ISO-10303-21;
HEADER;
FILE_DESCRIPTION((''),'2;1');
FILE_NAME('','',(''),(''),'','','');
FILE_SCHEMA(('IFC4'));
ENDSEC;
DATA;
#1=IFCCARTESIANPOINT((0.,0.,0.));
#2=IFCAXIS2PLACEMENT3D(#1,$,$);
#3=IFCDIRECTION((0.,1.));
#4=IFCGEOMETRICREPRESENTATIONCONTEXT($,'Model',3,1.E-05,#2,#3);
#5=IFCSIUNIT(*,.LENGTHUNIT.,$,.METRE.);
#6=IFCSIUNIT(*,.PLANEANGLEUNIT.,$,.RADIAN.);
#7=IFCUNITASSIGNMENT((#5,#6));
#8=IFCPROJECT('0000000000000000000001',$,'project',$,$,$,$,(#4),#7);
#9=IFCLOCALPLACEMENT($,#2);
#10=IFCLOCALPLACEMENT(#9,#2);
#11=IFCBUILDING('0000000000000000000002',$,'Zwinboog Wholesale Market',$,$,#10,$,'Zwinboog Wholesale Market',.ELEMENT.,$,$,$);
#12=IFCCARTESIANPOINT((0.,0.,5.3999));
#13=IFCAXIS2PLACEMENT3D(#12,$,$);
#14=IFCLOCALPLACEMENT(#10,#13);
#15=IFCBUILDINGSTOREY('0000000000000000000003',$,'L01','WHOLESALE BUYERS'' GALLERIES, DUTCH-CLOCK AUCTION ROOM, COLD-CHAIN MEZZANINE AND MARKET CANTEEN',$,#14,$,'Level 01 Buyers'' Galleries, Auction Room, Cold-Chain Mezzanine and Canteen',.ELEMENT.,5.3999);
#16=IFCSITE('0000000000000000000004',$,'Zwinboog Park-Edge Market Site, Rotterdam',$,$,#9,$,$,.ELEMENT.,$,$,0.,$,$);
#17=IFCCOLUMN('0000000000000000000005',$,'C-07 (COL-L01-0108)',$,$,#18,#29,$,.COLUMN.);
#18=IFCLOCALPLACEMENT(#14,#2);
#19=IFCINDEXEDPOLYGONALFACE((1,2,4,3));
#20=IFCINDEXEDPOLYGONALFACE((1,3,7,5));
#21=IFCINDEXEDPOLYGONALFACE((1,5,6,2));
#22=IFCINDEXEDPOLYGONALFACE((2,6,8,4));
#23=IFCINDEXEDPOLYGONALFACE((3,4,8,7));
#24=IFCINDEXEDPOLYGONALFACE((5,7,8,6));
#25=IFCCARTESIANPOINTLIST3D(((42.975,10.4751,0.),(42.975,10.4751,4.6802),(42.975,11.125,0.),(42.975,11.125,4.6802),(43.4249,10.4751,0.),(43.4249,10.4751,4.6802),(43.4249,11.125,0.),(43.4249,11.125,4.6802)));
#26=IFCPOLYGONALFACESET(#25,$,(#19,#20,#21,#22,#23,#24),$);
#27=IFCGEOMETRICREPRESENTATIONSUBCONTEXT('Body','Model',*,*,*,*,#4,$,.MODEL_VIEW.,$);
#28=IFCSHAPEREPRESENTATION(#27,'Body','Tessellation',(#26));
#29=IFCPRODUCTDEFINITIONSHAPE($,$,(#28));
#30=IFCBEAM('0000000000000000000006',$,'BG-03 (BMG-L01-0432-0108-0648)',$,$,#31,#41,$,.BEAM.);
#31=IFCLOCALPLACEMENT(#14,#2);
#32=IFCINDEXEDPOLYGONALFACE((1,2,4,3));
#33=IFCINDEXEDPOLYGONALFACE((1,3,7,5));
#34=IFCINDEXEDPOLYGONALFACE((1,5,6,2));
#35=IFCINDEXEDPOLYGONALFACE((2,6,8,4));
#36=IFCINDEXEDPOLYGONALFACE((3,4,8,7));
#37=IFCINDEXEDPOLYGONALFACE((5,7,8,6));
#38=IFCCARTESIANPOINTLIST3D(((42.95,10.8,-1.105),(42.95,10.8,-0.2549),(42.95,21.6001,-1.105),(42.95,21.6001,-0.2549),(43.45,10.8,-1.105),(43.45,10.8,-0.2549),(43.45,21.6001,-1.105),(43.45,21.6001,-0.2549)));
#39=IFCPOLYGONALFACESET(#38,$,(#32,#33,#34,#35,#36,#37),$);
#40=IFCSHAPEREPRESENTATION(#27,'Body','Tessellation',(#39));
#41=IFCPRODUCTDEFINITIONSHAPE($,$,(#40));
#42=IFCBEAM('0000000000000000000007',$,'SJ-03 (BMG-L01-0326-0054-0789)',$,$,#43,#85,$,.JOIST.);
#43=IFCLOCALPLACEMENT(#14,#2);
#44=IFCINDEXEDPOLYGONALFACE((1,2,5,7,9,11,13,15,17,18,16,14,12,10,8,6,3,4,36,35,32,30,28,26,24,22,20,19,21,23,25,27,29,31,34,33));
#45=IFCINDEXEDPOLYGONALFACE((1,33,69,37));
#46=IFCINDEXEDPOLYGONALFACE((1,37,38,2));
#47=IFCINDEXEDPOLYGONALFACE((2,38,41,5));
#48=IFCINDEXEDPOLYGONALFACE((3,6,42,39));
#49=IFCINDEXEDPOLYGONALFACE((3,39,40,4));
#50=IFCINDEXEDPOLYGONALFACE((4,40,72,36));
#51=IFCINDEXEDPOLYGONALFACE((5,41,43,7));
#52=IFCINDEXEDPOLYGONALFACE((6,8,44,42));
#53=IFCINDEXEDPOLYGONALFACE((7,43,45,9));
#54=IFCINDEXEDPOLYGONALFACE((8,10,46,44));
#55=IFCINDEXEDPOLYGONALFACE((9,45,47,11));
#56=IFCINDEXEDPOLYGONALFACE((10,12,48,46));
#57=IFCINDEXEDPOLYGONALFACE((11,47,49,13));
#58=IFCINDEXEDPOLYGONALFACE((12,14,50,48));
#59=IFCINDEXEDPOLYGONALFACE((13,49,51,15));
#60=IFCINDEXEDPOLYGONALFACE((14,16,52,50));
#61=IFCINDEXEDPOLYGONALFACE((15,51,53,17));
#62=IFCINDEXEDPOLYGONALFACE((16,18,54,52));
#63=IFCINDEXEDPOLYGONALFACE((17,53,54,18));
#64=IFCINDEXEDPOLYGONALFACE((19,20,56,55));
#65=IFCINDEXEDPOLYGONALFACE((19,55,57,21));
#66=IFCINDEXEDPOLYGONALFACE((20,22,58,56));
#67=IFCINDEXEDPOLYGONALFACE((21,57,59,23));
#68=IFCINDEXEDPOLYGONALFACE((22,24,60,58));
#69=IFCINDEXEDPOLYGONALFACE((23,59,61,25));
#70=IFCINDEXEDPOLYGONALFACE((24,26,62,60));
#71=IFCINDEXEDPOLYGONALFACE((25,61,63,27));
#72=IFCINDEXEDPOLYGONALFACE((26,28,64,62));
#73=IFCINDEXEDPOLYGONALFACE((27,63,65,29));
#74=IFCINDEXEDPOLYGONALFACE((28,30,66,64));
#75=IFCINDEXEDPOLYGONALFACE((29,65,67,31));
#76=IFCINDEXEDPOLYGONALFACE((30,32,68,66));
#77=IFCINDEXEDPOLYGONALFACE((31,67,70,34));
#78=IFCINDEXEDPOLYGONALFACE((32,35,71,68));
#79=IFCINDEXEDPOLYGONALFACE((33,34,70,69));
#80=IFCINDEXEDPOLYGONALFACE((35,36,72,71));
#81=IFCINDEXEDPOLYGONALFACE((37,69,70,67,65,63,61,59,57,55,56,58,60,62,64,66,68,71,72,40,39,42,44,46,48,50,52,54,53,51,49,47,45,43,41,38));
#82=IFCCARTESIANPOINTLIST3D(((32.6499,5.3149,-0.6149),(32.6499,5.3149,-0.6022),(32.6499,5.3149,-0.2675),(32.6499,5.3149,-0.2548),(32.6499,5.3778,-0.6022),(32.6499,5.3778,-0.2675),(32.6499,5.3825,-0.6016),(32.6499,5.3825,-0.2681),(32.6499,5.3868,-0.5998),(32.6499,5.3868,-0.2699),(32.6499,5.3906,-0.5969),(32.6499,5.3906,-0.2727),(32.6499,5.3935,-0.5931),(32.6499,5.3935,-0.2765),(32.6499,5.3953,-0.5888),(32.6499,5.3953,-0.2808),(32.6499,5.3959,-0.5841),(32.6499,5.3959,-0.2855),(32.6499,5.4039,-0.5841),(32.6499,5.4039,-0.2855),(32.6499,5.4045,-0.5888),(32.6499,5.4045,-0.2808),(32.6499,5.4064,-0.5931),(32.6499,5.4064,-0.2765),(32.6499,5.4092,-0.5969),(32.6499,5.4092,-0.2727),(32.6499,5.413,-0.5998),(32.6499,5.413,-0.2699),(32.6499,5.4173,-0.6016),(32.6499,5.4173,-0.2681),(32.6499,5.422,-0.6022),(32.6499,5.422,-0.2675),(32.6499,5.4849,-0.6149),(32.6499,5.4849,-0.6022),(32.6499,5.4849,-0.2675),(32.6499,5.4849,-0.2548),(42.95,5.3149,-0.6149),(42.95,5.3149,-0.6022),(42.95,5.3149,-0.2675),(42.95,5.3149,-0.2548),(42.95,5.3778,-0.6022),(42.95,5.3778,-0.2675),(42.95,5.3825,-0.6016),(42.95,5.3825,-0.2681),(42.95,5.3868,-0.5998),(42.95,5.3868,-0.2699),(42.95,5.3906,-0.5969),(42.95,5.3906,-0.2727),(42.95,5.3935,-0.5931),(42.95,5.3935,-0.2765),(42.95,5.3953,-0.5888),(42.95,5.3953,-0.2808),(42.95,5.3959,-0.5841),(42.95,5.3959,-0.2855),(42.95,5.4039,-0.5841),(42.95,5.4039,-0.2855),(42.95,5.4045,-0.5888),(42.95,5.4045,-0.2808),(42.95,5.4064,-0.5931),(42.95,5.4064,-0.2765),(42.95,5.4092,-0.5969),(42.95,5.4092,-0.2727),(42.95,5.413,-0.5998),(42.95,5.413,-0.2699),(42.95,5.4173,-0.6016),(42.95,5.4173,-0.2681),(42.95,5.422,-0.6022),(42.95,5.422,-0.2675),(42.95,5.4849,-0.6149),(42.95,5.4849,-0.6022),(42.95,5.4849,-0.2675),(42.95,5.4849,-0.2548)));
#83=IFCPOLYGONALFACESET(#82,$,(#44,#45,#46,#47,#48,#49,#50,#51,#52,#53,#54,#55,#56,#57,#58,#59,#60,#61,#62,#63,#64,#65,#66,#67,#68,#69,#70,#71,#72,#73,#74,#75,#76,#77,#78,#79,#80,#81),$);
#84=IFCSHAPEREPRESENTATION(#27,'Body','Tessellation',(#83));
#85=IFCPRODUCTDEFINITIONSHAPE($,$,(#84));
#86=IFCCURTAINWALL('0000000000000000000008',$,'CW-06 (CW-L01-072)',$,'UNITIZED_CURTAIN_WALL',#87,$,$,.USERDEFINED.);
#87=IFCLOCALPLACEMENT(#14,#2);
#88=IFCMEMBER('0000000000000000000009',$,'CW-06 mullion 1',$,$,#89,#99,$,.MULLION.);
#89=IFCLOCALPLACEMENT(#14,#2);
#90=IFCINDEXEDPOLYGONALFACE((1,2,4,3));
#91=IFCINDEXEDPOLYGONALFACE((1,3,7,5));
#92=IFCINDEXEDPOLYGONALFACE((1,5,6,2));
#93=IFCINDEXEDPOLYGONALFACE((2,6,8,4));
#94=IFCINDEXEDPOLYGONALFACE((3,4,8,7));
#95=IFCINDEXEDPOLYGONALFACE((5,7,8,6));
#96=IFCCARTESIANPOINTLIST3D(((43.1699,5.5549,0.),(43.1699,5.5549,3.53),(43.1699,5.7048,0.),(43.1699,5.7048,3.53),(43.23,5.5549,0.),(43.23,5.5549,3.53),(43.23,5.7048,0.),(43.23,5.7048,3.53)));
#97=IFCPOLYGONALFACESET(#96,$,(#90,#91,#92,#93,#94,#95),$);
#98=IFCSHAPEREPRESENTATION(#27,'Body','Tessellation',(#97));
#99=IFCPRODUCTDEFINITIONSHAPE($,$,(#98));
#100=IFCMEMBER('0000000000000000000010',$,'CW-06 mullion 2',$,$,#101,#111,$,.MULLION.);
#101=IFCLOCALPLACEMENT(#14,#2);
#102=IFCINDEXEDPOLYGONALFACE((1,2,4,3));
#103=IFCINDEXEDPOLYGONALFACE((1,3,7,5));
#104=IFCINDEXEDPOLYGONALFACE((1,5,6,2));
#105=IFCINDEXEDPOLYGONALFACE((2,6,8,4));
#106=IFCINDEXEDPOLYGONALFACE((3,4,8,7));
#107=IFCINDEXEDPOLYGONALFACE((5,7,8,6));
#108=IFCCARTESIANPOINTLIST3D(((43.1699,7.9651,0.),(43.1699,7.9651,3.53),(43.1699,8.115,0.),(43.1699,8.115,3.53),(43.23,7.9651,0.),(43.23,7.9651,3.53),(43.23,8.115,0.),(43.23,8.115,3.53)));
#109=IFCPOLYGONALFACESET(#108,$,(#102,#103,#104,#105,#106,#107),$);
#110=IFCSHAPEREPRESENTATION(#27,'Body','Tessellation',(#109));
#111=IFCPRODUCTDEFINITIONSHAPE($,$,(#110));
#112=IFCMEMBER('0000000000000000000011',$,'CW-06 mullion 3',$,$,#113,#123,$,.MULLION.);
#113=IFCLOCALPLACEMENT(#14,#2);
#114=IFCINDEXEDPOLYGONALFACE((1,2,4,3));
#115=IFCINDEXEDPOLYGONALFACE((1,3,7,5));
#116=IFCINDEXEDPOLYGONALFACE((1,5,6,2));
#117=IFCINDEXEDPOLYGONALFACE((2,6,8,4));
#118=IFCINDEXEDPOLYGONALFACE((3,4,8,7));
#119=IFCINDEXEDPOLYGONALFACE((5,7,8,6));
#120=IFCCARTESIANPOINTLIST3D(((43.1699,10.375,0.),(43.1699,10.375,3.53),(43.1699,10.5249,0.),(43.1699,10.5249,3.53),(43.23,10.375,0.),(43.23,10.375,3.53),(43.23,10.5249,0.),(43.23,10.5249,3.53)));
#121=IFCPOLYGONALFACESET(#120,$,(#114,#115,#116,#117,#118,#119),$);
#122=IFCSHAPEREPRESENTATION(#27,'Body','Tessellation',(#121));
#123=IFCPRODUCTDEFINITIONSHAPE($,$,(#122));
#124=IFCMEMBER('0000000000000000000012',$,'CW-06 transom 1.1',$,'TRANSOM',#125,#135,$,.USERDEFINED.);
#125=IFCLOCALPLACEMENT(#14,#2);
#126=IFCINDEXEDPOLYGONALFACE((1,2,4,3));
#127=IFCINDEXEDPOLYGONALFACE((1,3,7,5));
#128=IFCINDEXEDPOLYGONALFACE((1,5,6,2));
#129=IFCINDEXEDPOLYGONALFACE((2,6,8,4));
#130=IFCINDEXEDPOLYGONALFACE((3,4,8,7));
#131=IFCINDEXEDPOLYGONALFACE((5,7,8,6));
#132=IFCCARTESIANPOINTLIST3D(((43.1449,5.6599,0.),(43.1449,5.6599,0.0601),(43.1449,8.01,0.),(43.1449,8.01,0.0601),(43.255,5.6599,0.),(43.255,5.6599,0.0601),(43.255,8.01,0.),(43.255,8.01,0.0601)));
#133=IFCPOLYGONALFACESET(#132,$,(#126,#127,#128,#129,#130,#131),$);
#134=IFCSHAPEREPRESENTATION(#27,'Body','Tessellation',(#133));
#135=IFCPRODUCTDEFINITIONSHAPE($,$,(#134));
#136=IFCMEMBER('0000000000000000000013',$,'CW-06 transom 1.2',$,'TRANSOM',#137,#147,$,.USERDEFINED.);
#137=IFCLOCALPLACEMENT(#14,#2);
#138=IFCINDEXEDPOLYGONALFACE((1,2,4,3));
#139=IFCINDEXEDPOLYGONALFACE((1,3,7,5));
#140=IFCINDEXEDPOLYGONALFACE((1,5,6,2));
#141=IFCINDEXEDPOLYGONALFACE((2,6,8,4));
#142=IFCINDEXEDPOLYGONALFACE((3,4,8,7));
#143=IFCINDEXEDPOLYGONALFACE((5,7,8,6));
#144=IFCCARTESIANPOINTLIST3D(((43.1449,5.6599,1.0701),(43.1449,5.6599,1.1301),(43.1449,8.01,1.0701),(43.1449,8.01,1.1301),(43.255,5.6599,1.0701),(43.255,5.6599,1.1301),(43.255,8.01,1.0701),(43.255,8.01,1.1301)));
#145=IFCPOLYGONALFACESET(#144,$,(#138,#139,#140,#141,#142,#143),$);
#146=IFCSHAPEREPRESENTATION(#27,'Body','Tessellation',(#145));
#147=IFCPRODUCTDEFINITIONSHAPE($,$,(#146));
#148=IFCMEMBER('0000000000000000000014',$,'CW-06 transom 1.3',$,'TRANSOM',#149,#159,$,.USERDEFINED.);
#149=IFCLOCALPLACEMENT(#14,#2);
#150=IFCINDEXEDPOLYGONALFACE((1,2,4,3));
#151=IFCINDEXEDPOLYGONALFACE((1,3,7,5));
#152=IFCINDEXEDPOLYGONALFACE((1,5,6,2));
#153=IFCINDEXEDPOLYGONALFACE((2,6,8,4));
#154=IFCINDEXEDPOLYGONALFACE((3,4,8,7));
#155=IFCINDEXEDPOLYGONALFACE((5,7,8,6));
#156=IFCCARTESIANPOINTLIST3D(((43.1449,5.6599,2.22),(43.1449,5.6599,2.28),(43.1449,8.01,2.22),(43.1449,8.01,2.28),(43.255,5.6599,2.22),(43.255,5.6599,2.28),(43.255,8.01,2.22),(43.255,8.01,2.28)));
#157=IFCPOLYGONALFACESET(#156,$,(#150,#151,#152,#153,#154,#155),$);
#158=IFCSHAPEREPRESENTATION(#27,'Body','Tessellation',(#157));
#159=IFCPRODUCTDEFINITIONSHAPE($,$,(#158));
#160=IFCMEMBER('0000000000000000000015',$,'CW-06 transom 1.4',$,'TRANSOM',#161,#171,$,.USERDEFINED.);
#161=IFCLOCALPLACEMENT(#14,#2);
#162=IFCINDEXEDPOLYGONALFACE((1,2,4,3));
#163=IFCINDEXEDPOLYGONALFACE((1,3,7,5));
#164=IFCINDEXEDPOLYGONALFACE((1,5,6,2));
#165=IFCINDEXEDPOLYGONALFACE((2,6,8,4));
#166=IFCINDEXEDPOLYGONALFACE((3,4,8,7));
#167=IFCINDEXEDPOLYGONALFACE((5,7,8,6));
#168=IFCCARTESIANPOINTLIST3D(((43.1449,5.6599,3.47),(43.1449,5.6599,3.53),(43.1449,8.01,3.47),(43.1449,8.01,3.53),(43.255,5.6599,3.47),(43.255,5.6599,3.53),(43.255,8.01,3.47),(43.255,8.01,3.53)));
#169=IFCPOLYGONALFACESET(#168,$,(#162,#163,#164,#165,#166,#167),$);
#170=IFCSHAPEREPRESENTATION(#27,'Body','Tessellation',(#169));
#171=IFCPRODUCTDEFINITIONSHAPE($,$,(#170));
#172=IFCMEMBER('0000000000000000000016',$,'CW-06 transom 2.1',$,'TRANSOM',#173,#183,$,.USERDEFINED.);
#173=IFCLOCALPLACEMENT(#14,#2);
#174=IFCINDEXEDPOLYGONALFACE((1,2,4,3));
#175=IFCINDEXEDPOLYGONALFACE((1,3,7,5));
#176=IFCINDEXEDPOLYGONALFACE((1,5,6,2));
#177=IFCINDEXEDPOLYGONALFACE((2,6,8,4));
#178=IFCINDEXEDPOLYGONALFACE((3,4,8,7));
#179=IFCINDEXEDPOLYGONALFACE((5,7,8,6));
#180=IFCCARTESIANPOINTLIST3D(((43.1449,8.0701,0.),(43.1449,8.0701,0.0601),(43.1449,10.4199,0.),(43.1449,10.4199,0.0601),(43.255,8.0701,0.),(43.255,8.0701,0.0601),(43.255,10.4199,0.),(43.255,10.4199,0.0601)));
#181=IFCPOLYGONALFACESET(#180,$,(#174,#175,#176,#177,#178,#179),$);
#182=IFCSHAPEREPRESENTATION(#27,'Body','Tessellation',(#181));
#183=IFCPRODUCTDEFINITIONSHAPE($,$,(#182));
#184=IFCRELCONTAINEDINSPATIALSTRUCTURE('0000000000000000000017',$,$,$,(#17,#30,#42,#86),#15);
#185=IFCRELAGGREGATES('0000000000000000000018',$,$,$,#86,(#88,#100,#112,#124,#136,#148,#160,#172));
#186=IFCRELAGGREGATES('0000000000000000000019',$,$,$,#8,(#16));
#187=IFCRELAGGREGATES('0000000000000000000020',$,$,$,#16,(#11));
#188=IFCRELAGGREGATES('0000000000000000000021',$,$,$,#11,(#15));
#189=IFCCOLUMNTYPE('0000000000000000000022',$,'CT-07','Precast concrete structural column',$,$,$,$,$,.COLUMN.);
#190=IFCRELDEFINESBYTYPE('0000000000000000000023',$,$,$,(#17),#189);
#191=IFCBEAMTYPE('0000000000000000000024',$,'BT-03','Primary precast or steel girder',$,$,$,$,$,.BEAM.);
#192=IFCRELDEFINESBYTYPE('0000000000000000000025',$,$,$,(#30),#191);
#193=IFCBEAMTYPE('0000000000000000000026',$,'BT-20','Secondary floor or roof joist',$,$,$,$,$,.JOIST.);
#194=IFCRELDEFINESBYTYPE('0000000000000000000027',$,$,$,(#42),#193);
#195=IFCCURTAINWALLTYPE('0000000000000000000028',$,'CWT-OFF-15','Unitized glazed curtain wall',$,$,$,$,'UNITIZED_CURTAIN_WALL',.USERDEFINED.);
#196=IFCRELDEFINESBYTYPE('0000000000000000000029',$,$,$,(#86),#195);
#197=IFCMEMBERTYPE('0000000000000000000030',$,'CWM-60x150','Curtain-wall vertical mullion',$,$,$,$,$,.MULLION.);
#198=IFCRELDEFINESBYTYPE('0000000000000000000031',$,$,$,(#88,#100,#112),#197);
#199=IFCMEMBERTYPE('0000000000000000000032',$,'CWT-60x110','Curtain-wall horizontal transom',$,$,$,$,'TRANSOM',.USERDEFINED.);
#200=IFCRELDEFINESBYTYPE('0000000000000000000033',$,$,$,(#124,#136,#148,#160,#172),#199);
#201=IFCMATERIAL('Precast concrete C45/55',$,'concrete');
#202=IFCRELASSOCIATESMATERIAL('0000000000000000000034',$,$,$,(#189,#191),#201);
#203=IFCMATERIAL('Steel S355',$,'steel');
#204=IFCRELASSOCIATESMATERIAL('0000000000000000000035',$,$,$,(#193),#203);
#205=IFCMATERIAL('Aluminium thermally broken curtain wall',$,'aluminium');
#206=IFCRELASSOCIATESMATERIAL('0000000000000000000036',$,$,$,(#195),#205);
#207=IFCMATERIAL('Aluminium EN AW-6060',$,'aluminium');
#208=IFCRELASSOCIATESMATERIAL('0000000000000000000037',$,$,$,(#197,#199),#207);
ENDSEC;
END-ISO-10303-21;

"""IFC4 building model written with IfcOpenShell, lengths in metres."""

from ifc_helpers import new_model, si_unit, direction, frame, origin, origin_2d, place, context, subcontext, project, spatial, rectangle, i_section, extrude, material, material_profile, profile_set, type_object, element, aggregate, save


model = new_model("IFC4")

# Units and contexts
model_context = context("Model", 3, precision=1e-05, world=origin(), true_north=direction((0.0, 1.0)))
body_context = subcontext(model_context, "Body", "Model", "MODEL_VIEW")
ifc_project = project(units=[si_unit("LENGTHUNIT", "METRE"), si_unit("PLANEANGLEUNIT", "RADIAN")], contexts=[model_context])

# Site, building, storey
site_placement = place(None, origin())
site = spatial("IfcSite", under=ifc_project, at=site_placement, Name="Zwinboog Park-Edge Market Site, Rotterdam", CompositionType="ELEMENT", RefElevation=0.0)
building_placement = place(site_placement, origin())
building = spatial("IfcBuilding", under=site, at=building_placement, Name="Zwinboog Wholesale Market", LongName="Zwinboog Wholesale Market", CompositionType="ELEMENT")
storey_placement = place(building_placement, frame((0.0, 0.0, 5.3999)))
storey = spatial("IfcBuildingStorey", under=building, at=storey_placement, Name="L01", Description="WHOLESALE BUYERS' GALLERIES, DUTCH-CLOCK AUCTION ROOM, COLD-CHAIN MEZZANINE AND MARKET CANTEEN", LongName="Level 01 Buyers' Galleries, Auction Room, Cold-Chain Mezzanine and Canteen", CompositionType="ELEMENT", Elevation=5.3999)

# Column
ifc_material_1 = material(Name="Precast concrete C45/55", Category="concrete")
ifc_material_profile_1 = material_profile(ifc_material_1, rectangle(XDim=0.45, YDim=0.6499, at=origin_2d()), Name="PC 450x650")
ifc_profile_set_1 = profile_set([ifc_material_profile_1], Name="Precast concrete C45/55")
column_type = type_object("IfcColumnType", Name="CT-07", Description="Precast concrete structural column", PredefinedType="COLUMN", material=ifc_profile_set_1)
column_placement = place(storey_placement, frame((43.2, 10.8, 0.0), z_axis=(0.0, 0.0, 1.0), x_axis=(1.0, 0.0, 0.0)))
element("IfcColumn", 1, at=column_placement, inside=storey, type_object=column_type, Name="C-07 (COL-L01-0108)", PredefinedType="COLUMN", context=body_context, shape_type="SweptSolid", body=[
    extrude(rectangle(XDim=0.45, YDim=0.6499, at=origin_2d()), origin(), (0.0, 0.0, 1.0), 4.6802),
])

# Beams
ifc_material_profile_2 = material_profile(ifc_material_1, rectangle(XDim=0.5, YDim=0.8501, at=origin_2d()), Name="PC 500x850")
ifc_profile_set_2 = profile_set([ifc_material_profile_2], Name="Precast concrete C45/55")
beam_type_1 = type_object("IfcBeamType", Name="BT-03", Description="Primary precast or steel girder", PredefinedType="BEAM", material=ifc_profile_set_2)
beam_1_placement = place(storey_placement, frame((43.2, 10.8, -0.6799), z_axis=(0.0, 1.0, 0.0), x_axis=(-1.0, 0.0, 0.0)))
element("IfcBeam", 2, at=beam_1_placement, inside=storey, type_object=beam_type_1, Name="BG-03 (BMG-L01-0432-0108-0648)", PredefinedType="BEAM", context=body_context, shape_type="SweptSolid", body=[
    extrude(rectangle(XDim=0.5, YDim=0.8501, at=origin_2d()), origin(), (0.0, 0.0, 1.0), 10.8),
])
ifc_material_2 = material(Name="Steel S355", Category="steel")
ifc_material_profile_3 = material_profile(ifc_material_2, i_section(OverallWidth=0.1699, OverallDepth=0.3601, WebThickness=0.0081, FlangeThickness=0.0127, FilletRadius=0.0181, at=origin_2d()), Name="IPE 360")
ifc_profile_set_3 = profile_set([ifc_material_profile_3], Name="Steel S355")
beam_type_2 = type_object("IfcBeamType", Name="BT-20", Description="Secondary floor or roof joist", PredefinedType="JOIST", material=ifc_profile_set_3)
beam_2_placement = place(storey_placement, frame((32.6499, 5.3999, -0.4348), z_axis=(1.0, 0.0, 0.0), x_axis=(0.0, 1.0, 0.0)))
element("IfcBeam", 3, at=beam_2_placement, inside=storey, type_object=beam_type_2, Name="SJ-03 (BMG-L01-0326-0054-0789)", PredefinedType="JOIST", context=body_context, shape_type="SweptSolid", body=[
    extrude(i_section(OverallWidth=0.1699, OverallDepth=0.3601, WebThickness=0.0081, FlangeThickness=0.0127, FilletRadius=0.0181, at=origin_2d()), origin(), (0.0, 0.0, 1.0), 10.3),
])

# Curtain wall, members
ifc_material_3 = material(Name="Aluminium thermally broken curtain wall", Category="aluminium")
curtain_wall_type = type_object("IfcCurtainWallType", Name="CWT-OFF-15", Description="Unitized glazed curtain wall", ElementType="UNITIZED_CURTAIN_WALL", PredefinedType="USERDEFINED", material=ifc_material_3)
curtain_wall_placement = place(storey_placement, origin())
curtain_wall = element("IfcCurtainWall", 4, at=curtain_wall_placement, inside=storey, type_object=curtain_wall_type, Name="CW-06 (CW-L01-072)", ObjectType="UNITIZED_CURTAIN_WALL", PredefinedType="USERDEFINED")
ifc_material_4 = material(Name="Aluminium EN AW-6060", Category="aluminium")
ifc_material_profile_4 = material_profile(ifc_material_4, rectangle(XDim=0.0601, YDim=0.1499, at=origin_2d()), Name="AL 60x150")
ifc_profile_set_4 = profile_set([ifc_material_profile_4], Name="Aluminium EN AW-6060")
member_type_1 = type_object("IfcMemberType", Name="CWM-60x150", Description="Curtain-wall vertical mullion", PredefinedType="MULLION", material=ifc_profile_set_4)
member_1_placement = place(storey_placement, frame((43.2, 5.6299, 0.0), z_axis=(0.0, 0.0, 1.0), x_axis=(-1.0, 0.0, 0.0)))
member_1 = element("IfcMember", 5, at=member_1_placement, type_object=member_type_1, Name="CW-06 mullion 1", PredefinedType="MULLION", context=body_context, shape_type="SweptSolid", body=[
    extrude(rectangle(XDim=0.0601, YDim=0.1499, at=origin_2d()), origin(), (0.0, 0.0, 1.0), 3.53),
])
member_2_placement = place(storey_placement, frame((43.2, 8.04, 0.0), z_axis=(0.0, 0.0, 1.0), x_axis=(-1.0, 0.0, 0.0)))
member_2 = element("IfcMember", 6, at=member_2_placement, type_object=member_type_1, Name="CW-06 mullion 2", PredefinedType="MULLION", context=body_context, shape_type="SweptSolid", body=[
    extrude(rectangle(XDim=0.0601, YDim=0.1499, at=origin_2d()), origin(), (0.0, 0.0, 1.0), 3.53),
])
member_3_placement = place(storey_placement, frame((43.2, 10.45, 0.0), z_axis=(0.0, 0.0, 1.0), x_axis=(-1.0, 0.0, 0.0)))
member_3 = element("IfcMember", 7, at=member_3_placement, type_object=member_type_1, Name="CW-06 mullion 3", PredefinedType="MULLION", context=body_context, shape_type="SweptSolid", body=[
    extrude(rectangle(XDim=0.0601, YDim=0.1499, at=origin_2d()), origin(), (0.0, 0.0, 1.0), 3.53),
])
ifc_material_profile_5 = material_profile(ifc_material_4, rectangle(XDim=0.1101, YDim=0.0601, at=origin_2d()), Name="AL 60x110")
ifc_profile_set_5 = profile_set([ifc_material_profile_5], Name="Aluminium EN AW-6060")
member_type_2 = type_object("IfcMemberType", Name="CWT-60x110", Description="Curtain-wall horizontal transom", ElementType="TRANSOM", PredefinedType="USERDEFINED", material=ifc_profile_set_5)
member_4_placement = place(storey_placement, frame((43.2, 5.6599, 0.03), z_axis=(0.0, 1.0, 0.0), x_axis=(-1.0, 0.0, 0.0)))
member_4 = element("IfcMember", 8, at=member_4_placement, type_object=member_type_2, Name="CW-06 transom 1.1", ObjectType="TRANSOM", PredefinedType="USERDEFINED", context=body_context, shape_type="SweptSolid", body=[
    extrude(rectangle(XDim=0.1101, YDim=0.0601, at=origin_2d()), origin(), (0.0, 0.0, 1.0), 2.3501),
])
member_5_placement = place(storey_placement, frame((43.2, 5.6599, 1.1001), z_axis=(0.0, 1.0, 0.0), x_axis=(-1.0, 0.0, 0.0)))
member_5 = element("IfcMember", 9, at=member_5_placement, type_object=member_type_2, Name="CW-06 transom 1.2", ObjectType="TRANSOM", PredefinedType="USERDEFINED", context=body_context, shape_type="SweptSolid", body=[
    extrude(rectangle(XDim=0.1101, YDim=0.0601, at=origin_2d()), origin(), (0.0, 0.0, 1.0), 2.3501),
])
member_6_placement = place(storey_placement, frame((43.2, 5.6599, 2.25), z_axis=(0.0, 1.0, 0.0), x_axis=(-1.0, 0.0, 0.0)))
member_6 = element("IfcMember", 10, at=member_6_placement, type_object=member_type_2, Name="CW-06 transom 1.3", ObjectType="TRANSOM", PredefinedType="USERDEFINED", context=body_context, shape_type="SweptSolid", body=[
    extrude(rectangle(XDim=0.1101, YDim=0.0601, at=origin_2d()), origin(), (0.0, 0.0, 1.0), 2.3501),
])
member_7_placement = place(storey_placement, frame((43.2, 5.6599, 3.5), z_axis=(0.0, 1.0, 0.0), x_axis=(-1.0, 0.0, 0.0)))
member_7 = element("IfcMember", 11, at=member_7_placement, type_object=member_type_2, Name="CW-06 transom 1.4", ObjectType="TRANSOM", PredefinedType="USERDEFINED", context=body_context, shape_type="SweptSolid", body=[
    extrude(rectangle(XDim=0.1101, YDim=0.0601, at=origin_2d()), origin(), (0.0, 0.0, 1.0), 2.3501),
])
member_8_placement = place(storey_placement, frame((43.2, 8.0701, 0.03), z_axis=(0.0, 1.0, 0.0), x_axis=(-1.0, 0.0, 0.0)))
member_8 = element("IfcMember", 12, at=member_8_placement, type_object=member_type_2, Name="CW-06 transom 2.1", ObjectType="TRANSOM", PredefinedType="USERDEFINED", context=body_context, shape_type="SweptSolid", body=[
    extrude(rectangle(XDim=0.1101, YDim=0.0601, at=origin_2d()), origin(), (0.0, 0.0, 1.0), 2.3499),
])
aggregate(curtain_wall, [member_1, member_2, member_3, member_4, member_5, member_6, member_7, member_8])

save(model, "model.ifc")
